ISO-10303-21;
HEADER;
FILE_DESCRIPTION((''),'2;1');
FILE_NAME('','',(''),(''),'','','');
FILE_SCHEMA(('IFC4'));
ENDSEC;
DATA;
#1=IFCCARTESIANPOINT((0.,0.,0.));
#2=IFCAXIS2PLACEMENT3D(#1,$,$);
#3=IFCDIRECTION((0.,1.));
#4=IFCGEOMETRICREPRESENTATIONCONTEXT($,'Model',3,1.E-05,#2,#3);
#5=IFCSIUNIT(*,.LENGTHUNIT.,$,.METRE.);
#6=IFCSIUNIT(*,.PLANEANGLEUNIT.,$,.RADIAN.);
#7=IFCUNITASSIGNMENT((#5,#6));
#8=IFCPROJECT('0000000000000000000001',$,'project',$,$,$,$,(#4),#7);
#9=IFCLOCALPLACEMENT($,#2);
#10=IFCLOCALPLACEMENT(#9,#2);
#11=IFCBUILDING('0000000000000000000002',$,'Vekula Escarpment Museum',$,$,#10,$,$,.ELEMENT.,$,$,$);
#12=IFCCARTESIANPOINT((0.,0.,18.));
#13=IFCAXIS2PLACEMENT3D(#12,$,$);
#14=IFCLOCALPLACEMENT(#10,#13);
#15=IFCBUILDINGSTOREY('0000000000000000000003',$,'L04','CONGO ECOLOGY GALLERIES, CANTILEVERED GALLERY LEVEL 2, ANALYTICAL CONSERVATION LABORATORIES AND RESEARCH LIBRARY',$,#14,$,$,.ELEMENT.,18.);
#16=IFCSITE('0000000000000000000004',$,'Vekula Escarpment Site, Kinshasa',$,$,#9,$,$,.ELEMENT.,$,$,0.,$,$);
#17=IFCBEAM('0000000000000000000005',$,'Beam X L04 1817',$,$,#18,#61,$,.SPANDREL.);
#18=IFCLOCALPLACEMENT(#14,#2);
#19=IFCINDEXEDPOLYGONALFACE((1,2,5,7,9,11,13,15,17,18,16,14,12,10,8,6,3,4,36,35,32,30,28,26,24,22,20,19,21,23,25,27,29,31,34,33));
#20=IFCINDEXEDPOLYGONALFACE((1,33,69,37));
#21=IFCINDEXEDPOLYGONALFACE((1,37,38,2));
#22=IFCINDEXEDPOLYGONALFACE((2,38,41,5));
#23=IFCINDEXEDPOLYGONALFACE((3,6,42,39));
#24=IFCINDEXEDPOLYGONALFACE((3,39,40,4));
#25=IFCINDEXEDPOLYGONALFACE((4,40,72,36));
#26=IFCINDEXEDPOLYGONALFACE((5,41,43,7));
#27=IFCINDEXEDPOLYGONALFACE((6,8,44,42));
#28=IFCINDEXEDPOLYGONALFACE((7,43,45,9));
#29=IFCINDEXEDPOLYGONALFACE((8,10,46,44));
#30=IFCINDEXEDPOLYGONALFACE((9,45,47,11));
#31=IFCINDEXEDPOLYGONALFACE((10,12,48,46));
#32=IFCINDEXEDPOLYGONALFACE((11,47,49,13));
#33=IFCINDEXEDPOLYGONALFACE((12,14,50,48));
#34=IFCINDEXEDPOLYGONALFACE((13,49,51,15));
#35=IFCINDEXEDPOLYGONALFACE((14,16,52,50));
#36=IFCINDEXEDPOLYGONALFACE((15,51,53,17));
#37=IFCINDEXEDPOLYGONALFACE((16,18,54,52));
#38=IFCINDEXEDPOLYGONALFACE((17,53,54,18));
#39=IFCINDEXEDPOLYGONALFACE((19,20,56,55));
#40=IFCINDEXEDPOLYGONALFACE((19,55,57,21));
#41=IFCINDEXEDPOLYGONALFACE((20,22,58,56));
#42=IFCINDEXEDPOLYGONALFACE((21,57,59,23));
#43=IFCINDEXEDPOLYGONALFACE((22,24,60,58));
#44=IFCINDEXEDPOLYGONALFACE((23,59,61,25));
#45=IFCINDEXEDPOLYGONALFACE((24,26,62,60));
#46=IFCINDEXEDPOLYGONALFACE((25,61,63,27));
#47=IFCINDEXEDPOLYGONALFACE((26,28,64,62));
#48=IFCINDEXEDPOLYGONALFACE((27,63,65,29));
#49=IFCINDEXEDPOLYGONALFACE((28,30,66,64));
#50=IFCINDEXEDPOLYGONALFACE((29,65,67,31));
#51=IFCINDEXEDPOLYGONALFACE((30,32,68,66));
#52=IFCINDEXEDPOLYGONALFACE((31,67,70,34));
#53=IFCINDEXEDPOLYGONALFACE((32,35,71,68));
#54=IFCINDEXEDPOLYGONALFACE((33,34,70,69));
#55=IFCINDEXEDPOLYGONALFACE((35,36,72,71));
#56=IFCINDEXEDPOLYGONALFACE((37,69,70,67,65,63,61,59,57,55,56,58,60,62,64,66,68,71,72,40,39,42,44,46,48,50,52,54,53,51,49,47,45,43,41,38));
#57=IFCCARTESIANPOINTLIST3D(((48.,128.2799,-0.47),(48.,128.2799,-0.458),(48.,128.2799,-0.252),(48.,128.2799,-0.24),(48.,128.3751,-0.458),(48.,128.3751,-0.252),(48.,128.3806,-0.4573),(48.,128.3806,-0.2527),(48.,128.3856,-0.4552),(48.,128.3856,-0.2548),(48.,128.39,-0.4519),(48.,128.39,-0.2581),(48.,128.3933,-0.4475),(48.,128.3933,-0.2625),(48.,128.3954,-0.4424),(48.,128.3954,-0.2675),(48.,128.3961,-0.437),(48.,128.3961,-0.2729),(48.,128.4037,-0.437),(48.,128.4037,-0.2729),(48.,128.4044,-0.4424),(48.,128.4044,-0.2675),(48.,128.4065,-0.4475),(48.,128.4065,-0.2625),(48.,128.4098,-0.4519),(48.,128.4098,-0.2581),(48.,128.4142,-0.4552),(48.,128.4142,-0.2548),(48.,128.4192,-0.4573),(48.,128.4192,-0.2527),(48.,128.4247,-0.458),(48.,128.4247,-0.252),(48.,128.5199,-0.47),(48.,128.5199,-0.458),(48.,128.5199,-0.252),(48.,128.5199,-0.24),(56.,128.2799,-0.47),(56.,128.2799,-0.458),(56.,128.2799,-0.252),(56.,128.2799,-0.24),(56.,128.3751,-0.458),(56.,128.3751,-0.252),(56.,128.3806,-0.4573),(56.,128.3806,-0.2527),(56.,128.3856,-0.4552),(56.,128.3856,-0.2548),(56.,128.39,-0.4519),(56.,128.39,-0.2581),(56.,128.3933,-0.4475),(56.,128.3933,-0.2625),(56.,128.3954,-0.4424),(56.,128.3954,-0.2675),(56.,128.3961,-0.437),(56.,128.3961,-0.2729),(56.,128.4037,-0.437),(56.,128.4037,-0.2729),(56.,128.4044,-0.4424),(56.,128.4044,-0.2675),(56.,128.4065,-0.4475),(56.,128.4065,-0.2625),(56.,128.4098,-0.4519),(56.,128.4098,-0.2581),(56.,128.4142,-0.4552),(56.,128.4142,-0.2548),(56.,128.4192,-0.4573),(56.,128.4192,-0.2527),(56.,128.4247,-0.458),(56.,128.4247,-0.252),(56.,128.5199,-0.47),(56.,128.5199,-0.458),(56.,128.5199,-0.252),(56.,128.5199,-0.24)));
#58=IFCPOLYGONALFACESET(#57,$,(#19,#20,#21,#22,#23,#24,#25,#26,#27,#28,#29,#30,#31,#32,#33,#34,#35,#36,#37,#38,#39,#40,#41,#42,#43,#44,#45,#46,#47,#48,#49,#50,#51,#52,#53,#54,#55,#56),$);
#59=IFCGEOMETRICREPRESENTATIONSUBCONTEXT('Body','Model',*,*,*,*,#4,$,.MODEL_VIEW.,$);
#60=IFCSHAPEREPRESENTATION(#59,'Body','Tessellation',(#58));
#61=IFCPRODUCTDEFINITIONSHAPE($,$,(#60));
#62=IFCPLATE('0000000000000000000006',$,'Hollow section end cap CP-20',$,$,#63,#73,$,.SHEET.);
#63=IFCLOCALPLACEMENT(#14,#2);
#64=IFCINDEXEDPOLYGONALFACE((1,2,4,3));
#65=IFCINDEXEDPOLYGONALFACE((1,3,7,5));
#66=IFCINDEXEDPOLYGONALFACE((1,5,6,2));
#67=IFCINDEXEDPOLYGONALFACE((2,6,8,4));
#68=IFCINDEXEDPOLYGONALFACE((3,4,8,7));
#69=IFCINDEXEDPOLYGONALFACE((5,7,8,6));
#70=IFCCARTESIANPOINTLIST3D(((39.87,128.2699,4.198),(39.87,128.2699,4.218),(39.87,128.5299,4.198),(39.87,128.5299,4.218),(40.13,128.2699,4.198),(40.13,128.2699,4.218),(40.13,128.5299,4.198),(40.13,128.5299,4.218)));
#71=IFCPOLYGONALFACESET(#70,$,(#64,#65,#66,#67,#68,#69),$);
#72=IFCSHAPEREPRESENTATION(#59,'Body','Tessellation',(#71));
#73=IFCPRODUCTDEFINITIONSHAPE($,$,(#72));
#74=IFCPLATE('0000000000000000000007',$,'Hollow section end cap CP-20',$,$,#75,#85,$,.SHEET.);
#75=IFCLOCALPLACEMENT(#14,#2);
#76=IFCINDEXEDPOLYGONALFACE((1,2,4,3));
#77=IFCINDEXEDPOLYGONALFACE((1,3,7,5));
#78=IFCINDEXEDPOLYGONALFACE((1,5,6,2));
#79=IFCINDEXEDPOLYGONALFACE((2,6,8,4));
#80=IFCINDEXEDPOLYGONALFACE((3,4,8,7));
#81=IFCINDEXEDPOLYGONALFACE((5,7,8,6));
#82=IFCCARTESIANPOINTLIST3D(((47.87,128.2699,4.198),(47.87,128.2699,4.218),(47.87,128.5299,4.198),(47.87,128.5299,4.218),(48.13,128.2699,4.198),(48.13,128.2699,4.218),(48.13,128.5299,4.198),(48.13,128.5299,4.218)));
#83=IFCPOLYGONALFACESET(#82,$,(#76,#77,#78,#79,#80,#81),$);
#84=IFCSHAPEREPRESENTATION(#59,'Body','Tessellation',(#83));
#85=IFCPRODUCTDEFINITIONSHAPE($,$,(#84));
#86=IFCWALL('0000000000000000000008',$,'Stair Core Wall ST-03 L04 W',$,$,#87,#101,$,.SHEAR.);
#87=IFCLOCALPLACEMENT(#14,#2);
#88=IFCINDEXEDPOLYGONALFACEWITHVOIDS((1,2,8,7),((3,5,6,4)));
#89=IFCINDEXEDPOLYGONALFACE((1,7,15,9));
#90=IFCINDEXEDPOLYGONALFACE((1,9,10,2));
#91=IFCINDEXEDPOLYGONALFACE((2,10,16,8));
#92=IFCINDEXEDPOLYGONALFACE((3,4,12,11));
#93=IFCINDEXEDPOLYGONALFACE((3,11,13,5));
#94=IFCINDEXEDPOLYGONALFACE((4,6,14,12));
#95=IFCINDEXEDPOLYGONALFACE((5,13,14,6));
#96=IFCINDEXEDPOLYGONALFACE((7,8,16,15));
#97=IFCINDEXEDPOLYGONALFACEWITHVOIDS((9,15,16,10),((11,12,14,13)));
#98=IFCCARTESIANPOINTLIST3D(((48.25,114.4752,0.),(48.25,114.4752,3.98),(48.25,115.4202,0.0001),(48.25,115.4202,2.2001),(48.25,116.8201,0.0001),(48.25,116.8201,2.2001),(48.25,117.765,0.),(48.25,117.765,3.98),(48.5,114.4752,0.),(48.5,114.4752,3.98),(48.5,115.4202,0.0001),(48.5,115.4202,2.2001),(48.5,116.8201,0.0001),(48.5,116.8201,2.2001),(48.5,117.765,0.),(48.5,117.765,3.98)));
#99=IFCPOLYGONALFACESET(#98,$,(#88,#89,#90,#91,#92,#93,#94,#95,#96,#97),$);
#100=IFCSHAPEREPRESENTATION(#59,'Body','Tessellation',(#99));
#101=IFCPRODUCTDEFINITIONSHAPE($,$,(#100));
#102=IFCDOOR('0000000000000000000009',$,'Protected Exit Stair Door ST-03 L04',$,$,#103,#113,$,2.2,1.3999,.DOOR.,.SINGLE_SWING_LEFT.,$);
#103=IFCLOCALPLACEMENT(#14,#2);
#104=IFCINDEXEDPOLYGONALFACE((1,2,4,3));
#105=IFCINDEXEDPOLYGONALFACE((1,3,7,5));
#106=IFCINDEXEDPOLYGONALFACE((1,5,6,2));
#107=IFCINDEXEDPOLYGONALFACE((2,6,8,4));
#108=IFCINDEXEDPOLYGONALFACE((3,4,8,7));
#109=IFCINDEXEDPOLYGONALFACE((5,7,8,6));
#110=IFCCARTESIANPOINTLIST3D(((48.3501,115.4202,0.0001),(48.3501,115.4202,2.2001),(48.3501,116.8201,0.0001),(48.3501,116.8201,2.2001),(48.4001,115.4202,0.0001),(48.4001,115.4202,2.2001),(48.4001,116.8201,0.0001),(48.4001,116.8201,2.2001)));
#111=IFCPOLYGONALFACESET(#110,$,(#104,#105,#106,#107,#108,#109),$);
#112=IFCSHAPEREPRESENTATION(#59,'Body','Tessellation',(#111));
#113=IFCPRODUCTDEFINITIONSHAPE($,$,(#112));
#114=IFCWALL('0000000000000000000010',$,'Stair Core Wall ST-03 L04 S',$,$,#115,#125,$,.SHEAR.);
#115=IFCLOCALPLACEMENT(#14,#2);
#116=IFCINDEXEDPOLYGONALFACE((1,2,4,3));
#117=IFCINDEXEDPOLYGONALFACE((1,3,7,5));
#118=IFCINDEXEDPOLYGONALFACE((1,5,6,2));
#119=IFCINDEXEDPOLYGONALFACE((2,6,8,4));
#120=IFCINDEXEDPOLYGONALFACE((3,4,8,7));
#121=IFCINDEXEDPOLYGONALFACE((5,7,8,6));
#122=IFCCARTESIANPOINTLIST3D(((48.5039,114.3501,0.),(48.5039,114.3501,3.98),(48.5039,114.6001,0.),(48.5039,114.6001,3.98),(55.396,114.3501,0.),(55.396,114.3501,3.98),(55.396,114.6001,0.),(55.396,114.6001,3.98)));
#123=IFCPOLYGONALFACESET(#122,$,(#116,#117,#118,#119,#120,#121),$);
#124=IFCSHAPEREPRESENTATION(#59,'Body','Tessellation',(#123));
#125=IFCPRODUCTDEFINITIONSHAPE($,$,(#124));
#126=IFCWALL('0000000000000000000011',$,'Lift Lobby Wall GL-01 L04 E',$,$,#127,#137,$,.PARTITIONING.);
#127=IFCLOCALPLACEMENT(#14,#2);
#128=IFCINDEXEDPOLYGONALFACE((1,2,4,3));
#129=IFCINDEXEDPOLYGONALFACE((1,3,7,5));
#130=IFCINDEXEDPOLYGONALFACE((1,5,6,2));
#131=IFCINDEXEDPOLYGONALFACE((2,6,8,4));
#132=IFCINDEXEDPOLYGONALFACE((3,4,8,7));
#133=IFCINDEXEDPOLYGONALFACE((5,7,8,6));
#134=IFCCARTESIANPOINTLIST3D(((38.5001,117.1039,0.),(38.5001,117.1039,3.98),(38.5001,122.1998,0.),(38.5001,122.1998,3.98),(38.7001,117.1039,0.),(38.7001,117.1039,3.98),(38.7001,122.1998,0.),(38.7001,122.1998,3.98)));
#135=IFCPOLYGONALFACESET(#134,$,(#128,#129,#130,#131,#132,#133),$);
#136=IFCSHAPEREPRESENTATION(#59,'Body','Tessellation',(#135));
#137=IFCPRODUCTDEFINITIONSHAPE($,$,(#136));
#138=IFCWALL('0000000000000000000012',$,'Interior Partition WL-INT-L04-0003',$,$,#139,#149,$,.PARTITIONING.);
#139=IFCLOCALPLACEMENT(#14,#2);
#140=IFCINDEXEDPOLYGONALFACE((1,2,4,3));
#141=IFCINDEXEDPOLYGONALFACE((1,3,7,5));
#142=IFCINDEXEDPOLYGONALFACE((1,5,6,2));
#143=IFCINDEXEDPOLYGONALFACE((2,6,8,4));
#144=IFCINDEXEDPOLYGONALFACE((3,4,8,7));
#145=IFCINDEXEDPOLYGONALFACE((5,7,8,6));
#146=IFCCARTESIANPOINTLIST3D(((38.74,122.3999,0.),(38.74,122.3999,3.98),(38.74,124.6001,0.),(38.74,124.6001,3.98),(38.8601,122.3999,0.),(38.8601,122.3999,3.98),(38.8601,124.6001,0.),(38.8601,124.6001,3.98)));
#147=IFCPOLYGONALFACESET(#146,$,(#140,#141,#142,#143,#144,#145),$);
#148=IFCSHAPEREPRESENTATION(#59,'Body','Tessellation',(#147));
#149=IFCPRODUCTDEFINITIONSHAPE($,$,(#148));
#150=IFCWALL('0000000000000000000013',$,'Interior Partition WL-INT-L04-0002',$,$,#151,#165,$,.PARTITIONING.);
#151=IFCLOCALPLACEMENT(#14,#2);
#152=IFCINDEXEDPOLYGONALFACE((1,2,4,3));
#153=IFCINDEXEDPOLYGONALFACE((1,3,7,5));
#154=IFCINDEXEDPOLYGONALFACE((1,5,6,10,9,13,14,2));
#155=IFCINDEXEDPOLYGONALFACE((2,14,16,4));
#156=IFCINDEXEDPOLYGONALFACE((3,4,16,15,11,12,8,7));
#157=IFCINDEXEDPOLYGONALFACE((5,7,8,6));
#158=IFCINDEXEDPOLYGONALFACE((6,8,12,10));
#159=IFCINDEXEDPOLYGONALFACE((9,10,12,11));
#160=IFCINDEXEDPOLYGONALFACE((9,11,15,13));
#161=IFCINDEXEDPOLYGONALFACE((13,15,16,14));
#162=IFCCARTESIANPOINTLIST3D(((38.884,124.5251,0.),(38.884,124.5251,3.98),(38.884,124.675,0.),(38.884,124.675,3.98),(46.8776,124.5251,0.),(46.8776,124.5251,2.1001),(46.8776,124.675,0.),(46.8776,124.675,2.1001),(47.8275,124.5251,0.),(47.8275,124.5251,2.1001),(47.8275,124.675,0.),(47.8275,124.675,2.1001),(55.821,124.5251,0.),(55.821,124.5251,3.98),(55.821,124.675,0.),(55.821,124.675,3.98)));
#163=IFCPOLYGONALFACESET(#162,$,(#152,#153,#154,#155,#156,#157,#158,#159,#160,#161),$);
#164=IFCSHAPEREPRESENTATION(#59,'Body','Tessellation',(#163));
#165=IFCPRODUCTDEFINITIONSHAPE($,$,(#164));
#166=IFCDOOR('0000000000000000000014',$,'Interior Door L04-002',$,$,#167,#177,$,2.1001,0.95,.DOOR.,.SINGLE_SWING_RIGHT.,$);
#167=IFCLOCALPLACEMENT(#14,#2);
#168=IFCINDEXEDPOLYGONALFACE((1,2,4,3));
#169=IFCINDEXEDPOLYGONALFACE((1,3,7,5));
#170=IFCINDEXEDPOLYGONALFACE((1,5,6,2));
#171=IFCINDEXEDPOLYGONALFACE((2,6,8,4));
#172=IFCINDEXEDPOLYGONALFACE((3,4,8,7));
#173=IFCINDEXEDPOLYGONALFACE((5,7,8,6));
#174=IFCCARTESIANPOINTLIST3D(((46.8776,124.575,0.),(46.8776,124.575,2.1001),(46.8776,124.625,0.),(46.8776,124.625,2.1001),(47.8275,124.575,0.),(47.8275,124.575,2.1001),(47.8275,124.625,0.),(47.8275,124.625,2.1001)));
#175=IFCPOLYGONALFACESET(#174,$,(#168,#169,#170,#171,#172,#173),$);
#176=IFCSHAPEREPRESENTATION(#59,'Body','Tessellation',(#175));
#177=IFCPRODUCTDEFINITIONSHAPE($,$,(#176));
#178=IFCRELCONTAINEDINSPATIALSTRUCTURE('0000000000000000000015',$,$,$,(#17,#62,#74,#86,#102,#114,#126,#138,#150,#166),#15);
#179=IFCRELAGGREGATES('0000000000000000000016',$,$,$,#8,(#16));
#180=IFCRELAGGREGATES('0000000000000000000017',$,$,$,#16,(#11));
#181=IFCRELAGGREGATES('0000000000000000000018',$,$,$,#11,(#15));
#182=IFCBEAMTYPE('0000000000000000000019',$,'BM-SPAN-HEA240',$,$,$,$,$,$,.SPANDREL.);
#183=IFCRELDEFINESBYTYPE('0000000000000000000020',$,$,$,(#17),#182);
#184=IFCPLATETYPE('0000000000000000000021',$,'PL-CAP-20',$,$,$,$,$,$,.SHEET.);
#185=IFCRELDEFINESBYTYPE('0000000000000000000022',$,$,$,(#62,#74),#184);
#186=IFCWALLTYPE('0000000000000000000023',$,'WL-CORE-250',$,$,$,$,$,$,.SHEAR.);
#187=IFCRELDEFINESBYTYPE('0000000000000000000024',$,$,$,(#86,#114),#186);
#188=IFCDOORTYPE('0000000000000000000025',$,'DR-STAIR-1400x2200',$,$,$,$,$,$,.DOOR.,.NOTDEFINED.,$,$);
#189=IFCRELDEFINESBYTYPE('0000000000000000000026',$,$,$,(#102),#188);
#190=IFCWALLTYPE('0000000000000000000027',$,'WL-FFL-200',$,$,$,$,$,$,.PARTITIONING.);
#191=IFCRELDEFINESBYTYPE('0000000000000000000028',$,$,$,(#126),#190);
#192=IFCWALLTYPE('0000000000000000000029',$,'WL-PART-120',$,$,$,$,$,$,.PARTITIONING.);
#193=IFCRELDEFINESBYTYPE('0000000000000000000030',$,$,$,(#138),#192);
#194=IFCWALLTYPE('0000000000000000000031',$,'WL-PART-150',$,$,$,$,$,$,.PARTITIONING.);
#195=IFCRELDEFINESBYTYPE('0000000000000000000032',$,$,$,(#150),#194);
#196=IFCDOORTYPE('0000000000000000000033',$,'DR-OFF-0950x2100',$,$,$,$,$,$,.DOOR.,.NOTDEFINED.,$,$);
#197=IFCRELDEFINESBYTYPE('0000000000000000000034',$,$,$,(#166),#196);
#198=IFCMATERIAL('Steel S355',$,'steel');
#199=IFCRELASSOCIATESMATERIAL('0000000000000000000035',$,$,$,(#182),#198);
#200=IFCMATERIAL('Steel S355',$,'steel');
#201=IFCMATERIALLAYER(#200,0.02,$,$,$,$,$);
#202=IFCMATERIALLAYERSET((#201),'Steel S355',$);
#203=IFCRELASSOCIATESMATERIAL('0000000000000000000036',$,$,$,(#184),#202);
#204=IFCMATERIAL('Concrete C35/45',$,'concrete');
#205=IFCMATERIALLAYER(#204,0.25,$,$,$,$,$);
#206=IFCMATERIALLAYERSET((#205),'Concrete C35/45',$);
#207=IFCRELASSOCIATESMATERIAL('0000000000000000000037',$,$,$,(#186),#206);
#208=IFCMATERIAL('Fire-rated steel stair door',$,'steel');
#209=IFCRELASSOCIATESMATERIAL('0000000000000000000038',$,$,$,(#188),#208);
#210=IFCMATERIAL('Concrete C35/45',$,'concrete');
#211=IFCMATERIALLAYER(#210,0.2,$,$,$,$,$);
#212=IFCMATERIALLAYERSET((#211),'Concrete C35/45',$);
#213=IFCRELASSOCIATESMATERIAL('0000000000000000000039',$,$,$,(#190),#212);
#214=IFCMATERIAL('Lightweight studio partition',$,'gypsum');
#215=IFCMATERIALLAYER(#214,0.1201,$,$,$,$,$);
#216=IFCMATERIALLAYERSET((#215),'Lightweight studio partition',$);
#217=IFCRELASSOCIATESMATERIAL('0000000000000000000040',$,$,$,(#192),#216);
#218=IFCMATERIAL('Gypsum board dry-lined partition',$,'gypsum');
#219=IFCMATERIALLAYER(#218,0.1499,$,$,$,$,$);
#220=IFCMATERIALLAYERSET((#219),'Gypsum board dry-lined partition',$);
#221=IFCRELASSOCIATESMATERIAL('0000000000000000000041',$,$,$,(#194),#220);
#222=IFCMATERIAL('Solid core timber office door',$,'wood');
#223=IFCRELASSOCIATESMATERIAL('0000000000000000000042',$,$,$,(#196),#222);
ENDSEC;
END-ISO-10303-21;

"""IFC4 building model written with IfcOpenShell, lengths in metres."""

from ifc_helpers import new_model, si_unit, direction, frame, frame_2d, origin, origin_2d, place, context, subcontext, project, spatial, rectangle, i_section, extrude, material, layer, layer_set, material_profile, profile_set, type_object, element, fill, save


model = new_model("IFC4")

# Units and contexts
model_context = context("Model", 3, precision=1e-05, world=origin(), true_north=direction((0.0, 1.0)))
body_context = subcontext(model_context, "Body", "Model", "MODEL_VIEW")
ifc_project = project(units=[si_unit("LENGTHUNIT", "METRE"), si_unit("PLANEANGLEUNIT", "RADIAN")], contexts=[model_context])

# Site, building, storey
site_placement = place(None, origin())
site = spatial("IfcSite", under=ifc_project, at=site_placement, Name="Vekula Escarpment Site, Kinshasa", CompositionType="ELEMENT", RefElevation=0.0)
building_placement = place(site_placement, origin())
building = spatial("IfcBuilding", under=site, at=building_placement, Name="Vekula Escarpment Museum", CompositionType="ELEMENT")
storey_placement = place(building_placement, frame((0.0, 0.0, 18.0)))
storey = spatial("IfcBuildingStorey", under=building, at=storey_placement, Name="L04", Description="CONGO ECOLOGY GALLERIES, CANTILEVERED GALLERY LEVEL 2, ANALYTICAL CONSERVATION LABORATORIES AND RESEARCH LIBRARY", CompositionType="ELEMENT", Elevation=18.0)

# Beam
ifc_material_1 = material(Name="Steel S355", Category="steel")
ifc_material_profile_1 = material_profile(ifc_material_1, i_section(OverallWidth=0.24, OverallDepth=0.23, WebThickness=0.0076, FlangeThickness=0.012, FilletRadius=0.021, at=origin_2d()), Name="HEA 240")
ifc_profile_set_1 = profile_set([ifc_material_profile_1], Name="Steel S355")
beam_type_1 = type_object("IfcBeamType", Name="BM-SPAN-HEA240", PredefinedType="SPANDREL", material=ifc_profile_set_1)
beam_1_placement = place(storey_placement, frame((48.0, 128.3999, -0.355), z_axis=(1.0, 0.0, 0.0), x_axis=(0.0, 1.0, 0.0)))
element("IfcBeam", 1, at=beam_1_placement, inside=storey, type_object=beam_type_1, Name="Beam X L04 1817", PredefinedType="SPANDREL", context=body_context, shape_type="SweptSolid", body=[
    extrude(i_section(OverallWidth=0.24, OverallDepth=0.23, WebThickness=0.0076, FlangeThickness=0.012, FilletRadius=0.021, at=origin_2d()), origin(), (0.0, 0.0, 1.0), 8.0),
])

# Plates
ifc_material_2 = material(Name="Steel S355", Category="steel")
ifc_layer_1 = layer(ifc_material_2, 0.02)
ifc_layer_set_1 = layer_set([ifc_layer_1], Name="Steel S355")
plate_type = type_object("IfcPlateType", Name="PL-CAP-20", PredefinedType="SHEET", material=ifc_layer_set_1)
for number, where, z_axis, x_axis, name in (
    (2, (40.0, 128.3999, 4.198), (0.0, 0.0, 1.0), (1.0, 0.0, 0.0), "Hollow section end cap CP-20"),
    (3, (48.0, 128.3999, 4.198), (0.0, 0.0, 1.0), (1.0, 0.0, 0.0), "Hollow section end cap CP-20"),
):
    element("IfcPlate", number, at=place(storey_placement, frame(where, z_axis=z_axis, x_axis=x_axis)), inside=storey, type_object=plate_type, Name=name, PredefinedType="SHEET", context=body_context, shape_type="SweptSolid", body=[
        extrude(rectangle(XDim=0.26, YDim=0.26, at=origin_2d()), origin(), (0.0, 0.0, 1.0), 0.02),
    ])

# Wall, opening, door
ifc_material_3 = material(Name="Concrete C35/45", Category="concrete")
ifc_layer_2 = layer(ifc_material_3, 0.25)
ifc_layer_set_2 = layer_set([ifc_layer_2], Name="Concrete C35/45")
wall_type_1 = type_object("IfcWallType", Name="WL-CORE-250", PredefinedType="SHEAR", material=ifc_layer_set_2)
wall_1_placement = place(storey_placement, frame((48.375, 114.4751, 0.0), z_axis=(0.0, 0.0, 1.0), x_axis=(0.0, 1.0, 0.0)))
wall_1 = element("IfcWall", 4, at=wall_1_placement, inside=storey, type_object=wall_type_1, Name="Stair Core Wall ST-03 L04 W", PredefinedType="SHEAR", context=body_context, shape_type="SweptSolid", body=[
    extrude(rectangle(XDim=3.2898, YDim=0.25, at=frame_2d((1.645, 0.0))), origin(), (0.0, 0.0, 1.0), 3.98),
])
opening_1_placement = place(wall_1_placement, frame((0.9451, 0.0, 0.0)))
opening_1 = element("IfcOpeningElement", 5, at=opening_1_placement, cuts=wall_1, PredefinedType="OPENING", context=body_context, shape_type="SweptSolid", body=[
    extrude(rectangle(XDim=1.3999, YDim=2.2, at=frame_2d((0.7, 1.1001))), frame((0.0, 0.135, 0.0), z_axis=(0.0, -1.0, 0.0), x_axis=(1.0, 0.0, 0.0)), (0.0, 0.0, 1.0), 0.27),
])
ifc_material_4 = material(Name="Fire-rated steel stair door", Category="steel")
door_type_1 = type_object("IfcDoorType", Name="DR-STAIR-1400x2200", OperationType="NOTDEFINED", PredefinedType="DOOR", material=ifc_material_4)
door_1_placement = place(opening_1_placement, origin())
door_1 = element("IfcDoor", 6, at=door_1_placement, inside=storey, type_object=door_type_1, Name="Protected Exit Stair Door ST-03 L04", OperationType="SINGLE_SWING_LEFT", OverallHeight=2.2, OverallWidth=1.3999, PredefinedType="DOOR", context=body_context, shape_type="SweptSolid", body=[
    extrude(rectangle(XDim=1.3999, YDim=2.2, at=frame_2d((0.7, 1.1001))), frame((0.0, 0.0249, 0.0), z_axis=(0.0, -1.0, 0.0), x_axis=(1.0, 0.0, 0.0)), (0.0, 0.0, 1.0), 0.05),
])
fill(opening_1, door_1)

# Walls
wall_2_placement = place(storey_placement, frame((48.5039, 114.4751, 0.0), z_axis=(0.0, 0.0, 1.0), x_axis=(1.0, 0.0, 0.0)))
element("IfcWall", 7, at=wall_2_placement, inside=storey, type_object=wall_type_1, Name="Stair Core Wall ST-03 L04 S", PredefinedType="SHEAR", context=body_context, shape_type="SweptSolid", body=[
    extrude(rectangle(XDim=6.8921, YDim=0.25, at=frame_2d((3.446, 0.0))), origin(), (0.0, 0.0, 1.0), 3.98),
])
ifc_material_5 = material(Name="Concrete C35/45", Category="concrete")
ifc_layer_3 = layer(ifc_material_5, 0.2)
ifc_layer_set_3 = layer_set([ifc_layer_3], Name="Concrete C35/45")
wall_type_2 = type_object("IfcWallType", Name="WL-FFL-200", PredefinedType="PARTITIONING", material=ifc_layer_set_3)
wall_3_placement = place(storey_placement, frame((38.6001, 117.104, 0.0), z_axis=(0.0, 0.0, 1.0), x_axis=(0.0, 1.0, 0.0)))
element("IfcWall", 8, at=wall_3_placement, inside=storey, type_object=wall_type_2, Name="Lift Lobby Wall GL-01 L04 E", PredefinedType="PARTITIONING", context=body_context, shape_type="SweptSolid", body=[
    extrude(rectangle(XDim=5.0959, YDim=0.2, at=frame_2d((2.5479, 0.0))), origin(), (0.0, 0.0, 1.0), 3.98),
])
ifc_material_6 = material(Name="Lightweight studio partition", Category="gypsum")
ifc_layer_4 = layer(ifc_material_6, 0.1201)
ifc_layer_set_4 = layer_set([ifc_layer_4], Name="Lightweight studio partition")
wall_type_3 = type_object("IfcWallType", Name="WL-PART-120", PredefinedType="PARTITIONING", material=ifc_layer_set_4)
wall_4_placement = place(storey_placement, frame((38.8, 122.3999, 0.0), z_axis=(0.0, 0.0, 1.0), x_axis=(0.0, 1.0, 0.0)))
element("IfcWall", 9, at=wall_4_placement, inside=storey, type_object=wall_type_3, Name="Interior Partition WL-INT-L04-0003", PredefinedType="PARTITIONING", context=body_context, shape_type="SweptSolid", body=[
    extrude(rectangle(XDim=2.2002, YDim=0.1201, at=frame_2d((1.1001, 0.0))), origin(), (0.0, 0.0, 1.0), 3.98),
])

# Wall, opening, door
ifc_material_7 = material(Name="Gypsum board dry-lined partition", Category="gypsum")
ifc_layer_5 = layer(ifc_material_7, 0.1499)
ifc_layer_set_5 = layer_set([ifc_layer_5], Name="Gypsum board dry-lined partition")
wall_type_4 = type_object("IfcWallType", Name="WL-PART-150", PredefinedType="PARTITIONING", material=ifc_layer_set_5)
wall_5_placement = place(storey_placement, frame((38.884, 124.6001, 0.0), z_axis=(0.0, 0.0, 1.0), x_axis=(1.0, 0.0, 0.0)))
wall_5 = element("IfcWall", 10, at=wall_5_placement, inside=storey, type_object=wall_type_4, Name="Interior Partition WL-INT-L04-0002", PredefinedType="PARTITIONING", context=body_context, shape_type="SweptSolid", body=[
    extrude(rectangle(XDim=16.937, YDim=0.1499, at=frame_2d((8.4685, 0.0))), origin(), (0.0, 0.0, 1.0), 3.98),
])
opening_2_placement = place(wall_5_placement, frame((7.9934, 0.0, 0.0)))
opening_2 = element("IfcOpeningElement", 11, at=opening_2_placement, cuts=wall_5, PredefinedType="OPENING", context=body_context, shape_type="SweptSolid", body=[
    extrude(rectangle(XDim=0.95, YDim=2.1001, at=frame_2d((0.4751, 1.05))), frame((0.0, 0.085, 0.0), z_axis=(0.0, -1.0, 0.0), x_axis=(1.0, 0.0, 0.0)), (0.0, 0.0, 1.0), 0.1699),
])
ifc_material_8 = material(Name="Solid core timber office door", Category="wood")
door_type_2 = type_object("IfcDoorType", Name="DR-OFF-0950x2100", OperationType="NOTDEFINED", PredefinedType="DOOR", material=ifc_material_8)
door_2_placement = place(opening_2_placement, origin())
door_2 = element("IfcDoor", 12, at=door_2_placement, inside=storey, type_object=door_type_2, Name="Interior Door L04-002", OperationType="SINGLE_SWING_RIGHT", OverallHeight=2.1001, OverallWidth=0.95, PredefinedType="DOOR", context=body_context, shape_type="SweptSolid", body=[
    extrude(rectangle(XDim=0.95, YDim=2.1001, at=frame_2d((0.4751, 1.05))), frame((0.0, 0.0249, 0.0), z_axis=(0.0, -1.0, 0.0), x_axis=(1.0, 0.0, 0.0)), (0.0, 0.0, 1.0), 0.05),
])
fill(opening_2, door_2)

save(model, "model.ifc")
